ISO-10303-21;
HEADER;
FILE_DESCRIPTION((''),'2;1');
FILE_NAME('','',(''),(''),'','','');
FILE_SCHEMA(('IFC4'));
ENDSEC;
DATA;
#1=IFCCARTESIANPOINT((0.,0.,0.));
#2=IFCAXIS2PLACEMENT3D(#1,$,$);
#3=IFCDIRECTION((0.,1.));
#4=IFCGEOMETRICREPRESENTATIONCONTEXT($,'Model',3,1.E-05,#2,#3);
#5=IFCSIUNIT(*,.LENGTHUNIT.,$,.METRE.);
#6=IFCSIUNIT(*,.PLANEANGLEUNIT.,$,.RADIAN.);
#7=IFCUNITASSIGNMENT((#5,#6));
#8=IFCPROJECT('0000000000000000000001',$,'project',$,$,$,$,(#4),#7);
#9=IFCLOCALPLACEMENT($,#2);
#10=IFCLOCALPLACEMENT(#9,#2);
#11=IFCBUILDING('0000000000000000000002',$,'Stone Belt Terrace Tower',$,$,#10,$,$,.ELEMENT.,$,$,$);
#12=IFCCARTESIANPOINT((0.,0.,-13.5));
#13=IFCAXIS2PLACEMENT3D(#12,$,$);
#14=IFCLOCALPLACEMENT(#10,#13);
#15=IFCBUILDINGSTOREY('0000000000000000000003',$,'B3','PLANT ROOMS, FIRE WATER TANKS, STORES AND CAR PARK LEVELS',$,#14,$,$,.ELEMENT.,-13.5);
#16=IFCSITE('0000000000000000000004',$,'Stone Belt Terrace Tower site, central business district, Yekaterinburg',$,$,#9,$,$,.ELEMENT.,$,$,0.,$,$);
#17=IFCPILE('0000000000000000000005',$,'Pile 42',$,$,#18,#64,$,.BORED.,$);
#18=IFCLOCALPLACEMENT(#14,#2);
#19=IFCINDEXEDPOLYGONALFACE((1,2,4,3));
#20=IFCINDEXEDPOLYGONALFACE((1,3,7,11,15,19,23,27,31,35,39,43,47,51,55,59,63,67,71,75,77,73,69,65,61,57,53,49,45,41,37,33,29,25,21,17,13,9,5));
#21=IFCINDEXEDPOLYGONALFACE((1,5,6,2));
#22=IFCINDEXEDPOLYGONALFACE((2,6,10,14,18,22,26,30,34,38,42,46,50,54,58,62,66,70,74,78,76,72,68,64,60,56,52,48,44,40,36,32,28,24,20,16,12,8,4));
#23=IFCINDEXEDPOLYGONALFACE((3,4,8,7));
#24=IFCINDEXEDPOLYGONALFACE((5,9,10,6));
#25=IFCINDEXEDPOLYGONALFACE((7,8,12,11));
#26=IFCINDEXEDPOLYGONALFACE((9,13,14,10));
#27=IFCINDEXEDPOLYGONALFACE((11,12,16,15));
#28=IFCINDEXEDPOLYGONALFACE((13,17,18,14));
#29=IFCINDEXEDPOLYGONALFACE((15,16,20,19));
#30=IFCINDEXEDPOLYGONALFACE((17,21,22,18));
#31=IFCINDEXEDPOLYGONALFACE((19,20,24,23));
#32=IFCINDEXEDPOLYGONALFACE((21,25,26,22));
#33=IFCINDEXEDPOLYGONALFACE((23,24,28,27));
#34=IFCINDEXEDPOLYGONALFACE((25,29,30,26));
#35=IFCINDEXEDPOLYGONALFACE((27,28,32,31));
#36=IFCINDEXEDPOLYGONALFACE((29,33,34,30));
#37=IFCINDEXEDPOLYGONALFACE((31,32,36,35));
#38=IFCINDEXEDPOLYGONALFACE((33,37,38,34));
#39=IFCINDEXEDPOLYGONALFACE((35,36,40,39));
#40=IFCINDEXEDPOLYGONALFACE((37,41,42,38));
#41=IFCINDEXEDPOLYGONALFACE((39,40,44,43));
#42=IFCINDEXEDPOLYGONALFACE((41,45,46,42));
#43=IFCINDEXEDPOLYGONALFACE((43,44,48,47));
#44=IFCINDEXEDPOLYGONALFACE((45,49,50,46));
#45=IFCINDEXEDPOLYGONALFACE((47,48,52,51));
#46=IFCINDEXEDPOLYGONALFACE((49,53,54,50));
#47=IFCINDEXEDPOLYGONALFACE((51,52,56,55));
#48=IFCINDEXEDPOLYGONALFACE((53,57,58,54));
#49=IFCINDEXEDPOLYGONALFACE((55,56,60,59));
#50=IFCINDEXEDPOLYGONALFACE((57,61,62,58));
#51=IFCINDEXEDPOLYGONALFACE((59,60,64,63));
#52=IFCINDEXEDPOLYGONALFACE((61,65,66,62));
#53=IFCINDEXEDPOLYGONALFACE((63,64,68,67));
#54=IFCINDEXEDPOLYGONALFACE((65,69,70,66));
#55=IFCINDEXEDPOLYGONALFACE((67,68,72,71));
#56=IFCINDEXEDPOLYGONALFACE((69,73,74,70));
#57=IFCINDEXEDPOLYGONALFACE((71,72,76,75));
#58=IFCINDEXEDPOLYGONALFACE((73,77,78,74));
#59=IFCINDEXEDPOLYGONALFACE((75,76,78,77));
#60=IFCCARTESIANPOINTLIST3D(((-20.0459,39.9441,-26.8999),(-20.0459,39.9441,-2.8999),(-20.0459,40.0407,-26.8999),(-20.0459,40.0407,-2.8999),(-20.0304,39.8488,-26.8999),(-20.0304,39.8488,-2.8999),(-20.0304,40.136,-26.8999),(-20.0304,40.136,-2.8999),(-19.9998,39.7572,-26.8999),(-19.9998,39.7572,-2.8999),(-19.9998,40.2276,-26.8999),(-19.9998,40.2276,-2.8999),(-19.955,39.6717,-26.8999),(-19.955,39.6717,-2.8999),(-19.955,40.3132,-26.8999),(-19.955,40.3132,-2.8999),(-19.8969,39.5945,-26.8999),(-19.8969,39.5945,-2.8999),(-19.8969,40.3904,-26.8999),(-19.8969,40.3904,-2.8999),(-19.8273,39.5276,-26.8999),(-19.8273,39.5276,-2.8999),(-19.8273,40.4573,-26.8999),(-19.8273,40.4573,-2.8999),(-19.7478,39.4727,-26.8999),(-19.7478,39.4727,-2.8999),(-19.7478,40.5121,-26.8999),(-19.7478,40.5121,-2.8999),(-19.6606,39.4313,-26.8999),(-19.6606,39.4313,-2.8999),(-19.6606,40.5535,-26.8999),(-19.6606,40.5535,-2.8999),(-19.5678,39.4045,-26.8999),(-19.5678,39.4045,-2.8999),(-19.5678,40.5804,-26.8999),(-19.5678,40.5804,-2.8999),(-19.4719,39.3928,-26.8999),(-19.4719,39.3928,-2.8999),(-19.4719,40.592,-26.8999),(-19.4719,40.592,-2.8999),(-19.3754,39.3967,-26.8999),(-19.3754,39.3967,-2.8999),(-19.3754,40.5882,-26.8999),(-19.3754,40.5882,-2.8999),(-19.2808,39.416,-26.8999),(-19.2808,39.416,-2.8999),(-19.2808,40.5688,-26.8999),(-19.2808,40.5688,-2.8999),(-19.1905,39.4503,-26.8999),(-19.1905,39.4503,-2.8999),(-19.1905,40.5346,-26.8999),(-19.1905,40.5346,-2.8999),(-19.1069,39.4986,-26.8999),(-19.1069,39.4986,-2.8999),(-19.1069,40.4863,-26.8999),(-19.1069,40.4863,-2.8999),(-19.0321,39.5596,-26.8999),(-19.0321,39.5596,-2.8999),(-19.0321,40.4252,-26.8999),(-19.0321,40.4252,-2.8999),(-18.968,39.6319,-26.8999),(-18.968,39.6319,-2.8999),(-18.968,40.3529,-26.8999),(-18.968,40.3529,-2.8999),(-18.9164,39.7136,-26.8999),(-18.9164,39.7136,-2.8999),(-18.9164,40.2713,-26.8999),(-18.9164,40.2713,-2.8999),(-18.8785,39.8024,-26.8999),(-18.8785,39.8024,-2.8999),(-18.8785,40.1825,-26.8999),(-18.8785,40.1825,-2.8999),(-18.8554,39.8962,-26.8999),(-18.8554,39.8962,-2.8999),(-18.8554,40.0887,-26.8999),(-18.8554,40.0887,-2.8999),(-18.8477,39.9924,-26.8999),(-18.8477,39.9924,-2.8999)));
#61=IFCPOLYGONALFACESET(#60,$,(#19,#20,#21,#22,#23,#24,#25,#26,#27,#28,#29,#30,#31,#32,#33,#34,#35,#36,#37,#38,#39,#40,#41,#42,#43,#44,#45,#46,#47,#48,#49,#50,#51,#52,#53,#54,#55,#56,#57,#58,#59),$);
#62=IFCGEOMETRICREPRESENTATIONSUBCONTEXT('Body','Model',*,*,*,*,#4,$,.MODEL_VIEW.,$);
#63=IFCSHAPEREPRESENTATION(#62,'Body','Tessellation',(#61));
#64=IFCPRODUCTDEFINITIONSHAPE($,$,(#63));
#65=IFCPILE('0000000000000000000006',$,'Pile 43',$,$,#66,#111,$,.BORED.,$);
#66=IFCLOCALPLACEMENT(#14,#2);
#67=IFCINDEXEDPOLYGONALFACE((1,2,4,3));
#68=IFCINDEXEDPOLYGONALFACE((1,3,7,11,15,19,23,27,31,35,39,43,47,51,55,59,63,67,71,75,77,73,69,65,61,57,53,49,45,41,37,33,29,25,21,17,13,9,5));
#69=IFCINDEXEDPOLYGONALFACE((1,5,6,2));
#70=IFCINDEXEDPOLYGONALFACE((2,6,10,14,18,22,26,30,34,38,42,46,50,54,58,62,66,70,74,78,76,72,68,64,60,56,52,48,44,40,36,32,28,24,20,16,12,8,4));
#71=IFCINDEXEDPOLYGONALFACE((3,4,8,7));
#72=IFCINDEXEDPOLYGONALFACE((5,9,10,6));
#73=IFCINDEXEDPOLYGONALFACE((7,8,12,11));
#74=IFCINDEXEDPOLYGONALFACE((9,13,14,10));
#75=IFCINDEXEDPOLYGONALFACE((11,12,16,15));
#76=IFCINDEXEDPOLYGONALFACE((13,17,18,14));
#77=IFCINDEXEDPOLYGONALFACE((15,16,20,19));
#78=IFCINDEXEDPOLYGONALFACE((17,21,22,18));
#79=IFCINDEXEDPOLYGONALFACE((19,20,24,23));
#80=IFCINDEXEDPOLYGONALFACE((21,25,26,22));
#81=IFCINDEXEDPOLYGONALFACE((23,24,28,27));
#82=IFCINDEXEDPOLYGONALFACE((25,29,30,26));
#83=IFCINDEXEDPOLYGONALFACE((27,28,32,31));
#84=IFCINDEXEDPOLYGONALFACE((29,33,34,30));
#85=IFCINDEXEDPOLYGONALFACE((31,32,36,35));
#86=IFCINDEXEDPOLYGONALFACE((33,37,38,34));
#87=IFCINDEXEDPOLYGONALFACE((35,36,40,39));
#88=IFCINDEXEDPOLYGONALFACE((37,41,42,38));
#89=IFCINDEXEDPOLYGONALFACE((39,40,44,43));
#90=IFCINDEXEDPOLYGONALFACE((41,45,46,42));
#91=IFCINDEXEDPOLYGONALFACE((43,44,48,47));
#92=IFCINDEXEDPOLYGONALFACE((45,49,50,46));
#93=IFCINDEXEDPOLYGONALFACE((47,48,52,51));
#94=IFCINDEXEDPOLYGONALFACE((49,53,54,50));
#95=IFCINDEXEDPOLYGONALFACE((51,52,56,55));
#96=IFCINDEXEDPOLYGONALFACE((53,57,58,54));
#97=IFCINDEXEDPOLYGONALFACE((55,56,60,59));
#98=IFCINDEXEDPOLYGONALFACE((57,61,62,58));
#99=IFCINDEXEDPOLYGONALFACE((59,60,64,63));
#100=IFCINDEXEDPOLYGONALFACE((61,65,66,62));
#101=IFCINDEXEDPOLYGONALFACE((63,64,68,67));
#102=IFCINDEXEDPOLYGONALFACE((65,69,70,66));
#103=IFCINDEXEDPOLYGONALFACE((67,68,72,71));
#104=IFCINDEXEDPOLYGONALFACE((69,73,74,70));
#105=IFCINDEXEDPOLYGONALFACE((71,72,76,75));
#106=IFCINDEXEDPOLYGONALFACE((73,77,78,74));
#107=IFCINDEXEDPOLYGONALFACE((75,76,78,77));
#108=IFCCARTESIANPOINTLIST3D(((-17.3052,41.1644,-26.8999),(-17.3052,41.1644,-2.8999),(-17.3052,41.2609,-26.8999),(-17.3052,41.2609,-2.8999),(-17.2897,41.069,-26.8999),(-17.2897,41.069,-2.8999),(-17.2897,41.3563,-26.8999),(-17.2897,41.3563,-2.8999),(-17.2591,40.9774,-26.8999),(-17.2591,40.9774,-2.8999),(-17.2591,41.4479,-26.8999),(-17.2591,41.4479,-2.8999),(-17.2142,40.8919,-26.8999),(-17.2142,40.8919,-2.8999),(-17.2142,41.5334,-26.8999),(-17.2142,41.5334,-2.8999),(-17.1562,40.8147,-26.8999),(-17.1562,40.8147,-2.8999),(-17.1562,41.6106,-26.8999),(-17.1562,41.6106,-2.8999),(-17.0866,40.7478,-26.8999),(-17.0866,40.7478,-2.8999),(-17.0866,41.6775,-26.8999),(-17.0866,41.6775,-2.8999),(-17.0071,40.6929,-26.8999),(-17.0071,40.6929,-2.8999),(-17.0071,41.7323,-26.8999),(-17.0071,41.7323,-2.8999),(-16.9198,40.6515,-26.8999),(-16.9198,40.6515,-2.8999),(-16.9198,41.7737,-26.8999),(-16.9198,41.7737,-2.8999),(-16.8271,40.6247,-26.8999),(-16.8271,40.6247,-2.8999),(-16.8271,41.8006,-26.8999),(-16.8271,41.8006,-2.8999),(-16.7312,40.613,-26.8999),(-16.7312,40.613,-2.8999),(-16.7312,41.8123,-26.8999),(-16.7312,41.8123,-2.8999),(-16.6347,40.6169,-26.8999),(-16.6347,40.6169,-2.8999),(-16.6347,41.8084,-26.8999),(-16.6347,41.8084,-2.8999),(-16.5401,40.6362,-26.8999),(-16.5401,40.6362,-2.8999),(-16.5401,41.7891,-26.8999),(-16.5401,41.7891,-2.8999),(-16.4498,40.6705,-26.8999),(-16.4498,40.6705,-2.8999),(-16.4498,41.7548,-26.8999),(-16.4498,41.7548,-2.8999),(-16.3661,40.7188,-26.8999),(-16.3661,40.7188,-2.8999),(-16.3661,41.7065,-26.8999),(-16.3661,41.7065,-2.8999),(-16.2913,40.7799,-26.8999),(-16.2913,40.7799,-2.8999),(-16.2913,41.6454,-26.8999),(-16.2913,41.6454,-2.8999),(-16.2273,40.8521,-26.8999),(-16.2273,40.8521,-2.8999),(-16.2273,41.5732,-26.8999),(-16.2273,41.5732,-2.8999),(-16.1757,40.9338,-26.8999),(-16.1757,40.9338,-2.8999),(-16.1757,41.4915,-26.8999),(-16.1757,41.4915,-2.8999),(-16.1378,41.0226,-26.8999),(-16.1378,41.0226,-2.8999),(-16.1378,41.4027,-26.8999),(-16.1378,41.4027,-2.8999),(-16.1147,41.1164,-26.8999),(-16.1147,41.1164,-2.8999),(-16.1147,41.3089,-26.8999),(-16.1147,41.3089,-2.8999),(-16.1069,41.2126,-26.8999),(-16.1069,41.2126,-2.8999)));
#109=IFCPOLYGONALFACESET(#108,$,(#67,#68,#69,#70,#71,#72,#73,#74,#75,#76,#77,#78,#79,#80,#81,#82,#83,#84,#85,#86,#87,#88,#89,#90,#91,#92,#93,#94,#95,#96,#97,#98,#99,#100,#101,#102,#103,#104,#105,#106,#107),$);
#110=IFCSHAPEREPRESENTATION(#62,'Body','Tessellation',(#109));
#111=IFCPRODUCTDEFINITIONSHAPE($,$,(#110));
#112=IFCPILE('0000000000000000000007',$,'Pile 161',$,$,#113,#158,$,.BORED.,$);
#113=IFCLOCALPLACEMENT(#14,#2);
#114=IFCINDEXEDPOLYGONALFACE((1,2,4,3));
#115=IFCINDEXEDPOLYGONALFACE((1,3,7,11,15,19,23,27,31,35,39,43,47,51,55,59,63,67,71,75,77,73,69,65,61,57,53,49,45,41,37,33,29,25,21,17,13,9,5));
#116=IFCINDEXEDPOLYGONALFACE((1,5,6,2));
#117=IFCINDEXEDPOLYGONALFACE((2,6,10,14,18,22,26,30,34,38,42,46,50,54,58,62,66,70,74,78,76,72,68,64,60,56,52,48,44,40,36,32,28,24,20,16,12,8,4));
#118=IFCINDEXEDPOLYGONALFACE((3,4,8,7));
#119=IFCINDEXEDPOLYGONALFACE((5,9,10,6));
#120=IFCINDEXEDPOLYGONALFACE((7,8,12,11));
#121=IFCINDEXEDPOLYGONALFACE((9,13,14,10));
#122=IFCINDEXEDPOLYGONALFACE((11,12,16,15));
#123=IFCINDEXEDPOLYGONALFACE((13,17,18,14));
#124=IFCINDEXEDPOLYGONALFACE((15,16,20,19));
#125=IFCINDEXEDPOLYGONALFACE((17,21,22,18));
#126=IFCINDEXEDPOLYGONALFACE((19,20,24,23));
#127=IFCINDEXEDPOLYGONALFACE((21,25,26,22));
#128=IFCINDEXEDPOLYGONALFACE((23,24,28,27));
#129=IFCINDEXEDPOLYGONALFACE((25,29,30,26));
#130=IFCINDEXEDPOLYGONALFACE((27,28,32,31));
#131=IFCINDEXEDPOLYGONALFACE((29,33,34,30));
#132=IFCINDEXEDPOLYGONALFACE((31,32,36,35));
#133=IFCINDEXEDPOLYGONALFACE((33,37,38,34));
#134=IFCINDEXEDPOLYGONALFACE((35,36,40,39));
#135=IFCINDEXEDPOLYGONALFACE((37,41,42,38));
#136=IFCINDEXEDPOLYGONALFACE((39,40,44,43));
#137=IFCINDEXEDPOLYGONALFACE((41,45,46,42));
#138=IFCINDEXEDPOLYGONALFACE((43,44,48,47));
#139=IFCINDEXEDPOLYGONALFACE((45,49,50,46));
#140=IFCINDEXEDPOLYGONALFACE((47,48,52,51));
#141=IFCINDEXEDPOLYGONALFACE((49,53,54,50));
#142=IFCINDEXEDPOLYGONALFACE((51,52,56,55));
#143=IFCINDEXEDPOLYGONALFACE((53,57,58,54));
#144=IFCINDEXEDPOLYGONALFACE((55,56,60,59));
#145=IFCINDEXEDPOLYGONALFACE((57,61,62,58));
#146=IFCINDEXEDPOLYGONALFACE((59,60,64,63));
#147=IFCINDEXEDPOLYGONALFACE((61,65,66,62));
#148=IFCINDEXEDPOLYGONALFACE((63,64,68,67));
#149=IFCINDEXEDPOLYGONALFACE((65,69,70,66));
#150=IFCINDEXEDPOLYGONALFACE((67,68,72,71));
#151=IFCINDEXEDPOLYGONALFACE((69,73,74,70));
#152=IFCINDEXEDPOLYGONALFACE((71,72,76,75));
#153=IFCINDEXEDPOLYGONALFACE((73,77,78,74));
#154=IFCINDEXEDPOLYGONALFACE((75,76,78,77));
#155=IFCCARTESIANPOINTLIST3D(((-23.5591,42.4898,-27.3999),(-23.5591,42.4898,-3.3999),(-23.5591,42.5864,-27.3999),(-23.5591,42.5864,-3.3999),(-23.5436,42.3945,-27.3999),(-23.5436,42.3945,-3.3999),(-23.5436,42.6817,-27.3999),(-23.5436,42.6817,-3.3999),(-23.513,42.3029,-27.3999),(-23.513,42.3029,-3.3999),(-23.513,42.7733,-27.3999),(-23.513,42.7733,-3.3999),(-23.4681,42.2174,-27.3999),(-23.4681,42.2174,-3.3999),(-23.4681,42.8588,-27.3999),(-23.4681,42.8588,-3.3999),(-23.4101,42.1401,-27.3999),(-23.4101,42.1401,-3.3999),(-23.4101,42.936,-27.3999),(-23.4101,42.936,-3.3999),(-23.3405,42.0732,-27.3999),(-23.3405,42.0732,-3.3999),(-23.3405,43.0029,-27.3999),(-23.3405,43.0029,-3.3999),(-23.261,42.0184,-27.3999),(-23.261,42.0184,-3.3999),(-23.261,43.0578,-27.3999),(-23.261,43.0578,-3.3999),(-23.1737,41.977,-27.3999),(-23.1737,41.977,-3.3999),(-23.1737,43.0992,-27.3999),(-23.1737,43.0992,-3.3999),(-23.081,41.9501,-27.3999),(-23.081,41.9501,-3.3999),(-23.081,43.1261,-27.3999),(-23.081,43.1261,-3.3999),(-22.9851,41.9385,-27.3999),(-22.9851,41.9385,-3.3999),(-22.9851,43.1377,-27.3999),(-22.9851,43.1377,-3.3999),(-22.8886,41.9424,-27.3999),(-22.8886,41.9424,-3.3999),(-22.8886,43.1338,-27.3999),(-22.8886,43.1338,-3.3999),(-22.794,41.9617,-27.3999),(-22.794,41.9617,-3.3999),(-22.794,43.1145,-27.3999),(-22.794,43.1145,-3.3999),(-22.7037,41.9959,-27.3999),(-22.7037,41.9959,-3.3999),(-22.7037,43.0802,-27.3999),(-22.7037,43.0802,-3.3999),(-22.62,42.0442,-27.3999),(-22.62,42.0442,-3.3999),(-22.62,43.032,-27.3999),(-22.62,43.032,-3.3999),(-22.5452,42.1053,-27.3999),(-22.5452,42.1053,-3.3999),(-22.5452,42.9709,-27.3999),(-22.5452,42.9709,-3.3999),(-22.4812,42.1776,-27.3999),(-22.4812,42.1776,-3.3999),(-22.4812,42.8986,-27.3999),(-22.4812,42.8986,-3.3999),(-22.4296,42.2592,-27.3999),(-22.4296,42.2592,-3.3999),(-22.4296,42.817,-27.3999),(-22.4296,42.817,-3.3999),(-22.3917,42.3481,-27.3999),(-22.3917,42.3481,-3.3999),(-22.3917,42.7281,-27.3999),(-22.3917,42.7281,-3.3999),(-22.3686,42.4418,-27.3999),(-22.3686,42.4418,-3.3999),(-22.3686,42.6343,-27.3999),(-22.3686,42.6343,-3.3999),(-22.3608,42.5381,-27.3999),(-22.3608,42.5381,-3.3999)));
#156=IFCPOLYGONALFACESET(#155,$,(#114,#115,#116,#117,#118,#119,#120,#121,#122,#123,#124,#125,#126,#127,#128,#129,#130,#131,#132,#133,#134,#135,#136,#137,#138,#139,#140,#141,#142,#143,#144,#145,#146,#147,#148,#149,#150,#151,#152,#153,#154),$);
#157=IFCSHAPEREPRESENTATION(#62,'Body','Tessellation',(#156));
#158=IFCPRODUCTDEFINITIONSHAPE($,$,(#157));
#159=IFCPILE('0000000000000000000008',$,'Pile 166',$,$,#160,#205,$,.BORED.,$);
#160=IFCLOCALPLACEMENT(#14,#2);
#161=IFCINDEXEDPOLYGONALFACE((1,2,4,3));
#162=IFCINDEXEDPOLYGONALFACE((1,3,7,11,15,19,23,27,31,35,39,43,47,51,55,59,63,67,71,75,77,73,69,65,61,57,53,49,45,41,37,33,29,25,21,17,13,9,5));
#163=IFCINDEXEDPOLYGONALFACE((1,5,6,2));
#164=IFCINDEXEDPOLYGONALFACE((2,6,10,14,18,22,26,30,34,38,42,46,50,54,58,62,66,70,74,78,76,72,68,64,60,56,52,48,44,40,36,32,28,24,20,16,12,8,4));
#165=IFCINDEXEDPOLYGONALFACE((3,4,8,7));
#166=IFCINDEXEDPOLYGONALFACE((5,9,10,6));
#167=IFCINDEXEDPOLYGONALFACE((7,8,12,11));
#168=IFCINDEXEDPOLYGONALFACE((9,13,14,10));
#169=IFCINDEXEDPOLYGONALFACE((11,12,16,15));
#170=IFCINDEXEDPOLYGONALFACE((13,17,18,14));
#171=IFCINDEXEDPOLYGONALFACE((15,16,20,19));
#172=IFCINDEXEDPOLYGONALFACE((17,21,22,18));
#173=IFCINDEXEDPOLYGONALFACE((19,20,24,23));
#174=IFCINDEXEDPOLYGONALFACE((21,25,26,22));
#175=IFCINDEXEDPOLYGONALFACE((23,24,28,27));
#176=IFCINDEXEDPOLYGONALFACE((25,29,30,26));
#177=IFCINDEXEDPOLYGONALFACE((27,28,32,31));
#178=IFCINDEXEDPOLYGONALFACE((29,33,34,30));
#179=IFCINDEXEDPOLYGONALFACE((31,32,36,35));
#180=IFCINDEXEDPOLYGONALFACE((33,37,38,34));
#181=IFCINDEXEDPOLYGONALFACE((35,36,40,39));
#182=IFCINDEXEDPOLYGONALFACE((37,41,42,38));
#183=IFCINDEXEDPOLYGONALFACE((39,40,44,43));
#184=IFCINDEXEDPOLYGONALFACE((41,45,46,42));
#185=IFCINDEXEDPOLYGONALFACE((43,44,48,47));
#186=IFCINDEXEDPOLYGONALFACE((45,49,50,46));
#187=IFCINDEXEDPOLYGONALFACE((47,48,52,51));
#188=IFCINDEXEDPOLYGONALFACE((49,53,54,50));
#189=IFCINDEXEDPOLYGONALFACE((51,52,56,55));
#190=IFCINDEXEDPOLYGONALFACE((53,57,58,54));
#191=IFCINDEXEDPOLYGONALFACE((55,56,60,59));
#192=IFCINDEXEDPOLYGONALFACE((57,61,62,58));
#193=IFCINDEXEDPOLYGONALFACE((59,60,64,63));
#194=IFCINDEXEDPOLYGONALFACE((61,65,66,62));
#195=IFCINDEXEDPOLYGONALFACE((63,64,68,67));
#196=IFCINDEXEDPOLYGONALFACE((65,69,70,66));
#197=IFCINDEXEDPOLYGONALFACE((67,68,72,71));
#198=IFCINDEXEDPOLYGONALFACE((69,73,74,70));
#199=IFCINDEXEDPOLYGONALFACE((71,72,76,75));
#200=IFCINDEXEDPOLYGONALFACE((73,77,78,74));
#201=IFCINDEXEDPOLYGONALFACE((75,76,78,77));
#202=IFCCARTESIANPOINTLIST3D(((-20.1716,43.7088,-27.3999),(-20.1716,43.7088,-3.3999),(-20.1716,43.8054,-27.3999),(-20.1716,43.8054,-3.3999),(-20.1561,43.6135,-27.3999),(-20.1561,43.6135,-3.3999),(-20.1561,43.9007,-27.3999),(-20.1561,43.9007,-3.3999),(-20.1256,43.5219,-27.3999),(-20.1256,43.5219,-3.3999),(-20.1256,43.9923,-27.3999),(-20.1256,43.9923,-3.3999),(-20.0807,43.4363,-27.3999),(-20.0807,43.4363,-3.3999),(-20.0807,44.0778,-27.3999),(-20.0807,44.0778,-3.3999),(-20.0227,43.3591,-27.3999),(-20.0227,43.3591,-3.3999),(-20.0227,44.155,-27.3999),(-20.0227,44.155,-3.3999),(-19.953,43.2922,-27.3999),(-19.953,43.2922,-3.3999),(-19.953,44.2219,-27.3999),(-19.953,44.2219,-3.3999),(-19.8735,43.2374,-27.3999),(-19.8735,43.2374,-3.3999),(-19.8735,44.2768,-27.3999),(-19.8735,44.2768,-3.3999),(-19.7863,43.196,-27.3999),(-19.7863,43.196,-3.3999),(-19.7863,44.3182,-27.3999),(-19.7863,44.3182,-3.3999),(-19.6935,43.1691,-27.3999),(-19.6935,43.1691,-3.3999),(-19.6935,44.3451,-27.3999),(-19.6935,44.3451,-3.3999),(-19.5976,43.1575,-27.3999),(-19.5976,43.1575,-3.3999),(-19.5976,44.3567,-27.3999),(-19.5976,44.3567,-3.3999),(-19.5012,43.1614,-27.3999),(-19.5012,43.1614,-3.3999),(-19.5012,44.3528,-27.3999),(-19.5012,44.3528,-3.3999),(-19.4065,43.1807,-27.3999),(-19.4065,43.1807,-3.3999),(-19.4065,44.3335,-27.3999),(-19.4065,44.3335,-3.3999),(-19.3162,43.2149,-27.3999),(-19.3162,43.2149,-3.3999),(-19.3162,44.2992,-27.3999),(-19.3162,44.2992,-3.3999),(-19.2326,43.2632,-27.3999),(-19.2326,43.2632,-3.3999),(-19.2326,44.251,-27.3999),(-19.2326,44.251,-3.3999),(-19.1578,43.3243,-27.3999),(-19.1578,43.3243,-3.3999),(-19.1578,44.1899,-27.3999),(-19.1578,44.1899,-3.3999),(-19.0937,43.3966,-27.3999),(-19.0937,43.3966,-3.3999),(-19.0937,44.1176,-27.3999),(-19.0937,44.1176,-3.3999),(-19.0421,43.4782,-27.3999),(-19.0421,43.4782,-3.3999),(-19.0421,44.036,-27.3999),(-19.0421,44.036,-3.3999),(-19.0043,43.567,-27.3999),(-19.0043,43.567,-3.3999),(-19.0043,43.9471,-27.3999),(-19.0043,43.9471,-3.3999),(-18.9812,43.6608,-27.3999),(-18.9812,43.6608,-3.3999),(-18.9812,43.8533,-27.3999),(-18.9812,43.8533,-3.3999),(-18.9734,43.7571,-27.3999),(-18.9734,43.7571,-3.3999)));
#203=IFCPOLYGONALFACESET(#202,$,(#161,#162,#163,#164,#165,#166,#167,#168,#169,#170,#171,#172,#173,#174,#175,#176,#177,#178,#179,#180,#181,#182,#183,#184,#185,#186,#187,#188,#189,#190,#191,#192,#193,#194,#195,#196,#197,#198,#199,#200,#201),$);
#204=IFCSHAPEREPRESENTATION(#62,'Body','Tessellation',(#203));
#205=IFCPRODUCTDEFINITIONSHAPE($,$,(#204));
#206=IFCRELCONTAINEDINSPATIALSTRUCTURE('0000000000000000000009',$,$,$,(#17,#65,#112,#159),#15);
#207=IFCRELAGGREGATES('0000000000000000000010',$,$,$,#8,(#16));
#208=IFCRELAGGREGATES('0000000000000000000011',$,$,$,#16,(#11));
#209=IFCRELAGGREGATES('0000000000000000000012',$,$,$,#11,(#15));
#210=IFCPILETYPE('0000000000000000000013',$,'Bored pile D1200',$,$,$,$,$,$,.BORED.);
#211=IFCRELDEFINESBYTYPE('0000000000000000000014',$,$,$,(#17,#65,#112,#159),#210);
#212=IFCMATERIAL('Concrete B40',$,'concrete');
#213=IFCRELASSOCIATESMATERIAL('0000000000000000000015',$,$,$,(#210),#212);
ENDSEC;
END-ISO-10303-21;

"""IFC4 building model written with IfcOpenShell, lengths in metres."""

from ifc_helpers import new_model, si_unit, direction, frame, origin, origin_2d, place, context, subcontext, project, spatial, circle, extrude, material, material_profile, profile_set, type_object, element, save


model = new_model("IFC4")

# Units and contexts
model_context = context("Model", 3, precision=1e-05, world=origin(), true_north=direction((0.0, 1.0)))
body_context = subcontext(model_context, "Body", "Model", "MODEL_VIEW")
ifc_project = project(units=[si_unit("LENGTHUNIT", "METRE"), si_unit("PLANEANGLEUNIT", "RADIAN")], contexts=[model_context])

# Site, building, storey
site_placement = place(None, origin())
site = spatial("IfcSite", under=ifc_project, at=site_placement, Name="Stone Belt Terrace Tower site, central business district, Yekaterinburg", CompositionType="ELEMENT", RefElevation=0.0)
building_placement = place(site_placement, origin())
building = spatial("IfcBuilding", under=site, at=building_placement, Name="Stone Belt Terrace Tower", CompositionType="ELEMENT")
storey_placement = place(building_placement, frame((0.0, 0.0, -13.5)))
storey = spatial("IfcBuildingStorey", under=building, at=storey_placement, Name="B3", Description="PLANT ROOMS, FIRE WATER TANKS, STORES AND CAR PARK LEVELS", CompositionType="ELEMENT", Elevation=-13.5)

# Piles
ifc_material_1 = material(Name="Concrete B40", Category="concrete")
ifc_material_profile_1 = material_profile(ifc_material_1, circle(Radius=0.6001, at=origin_2d()), Name="PILE D1200")
ifc_profile_set_1 = profile_set([ifc_material_profile_1], Name="Concrete B40")
pile_type = type_object("IfcPileType", Name="Bored pile D1200", PredefinedType="BORED", material=ifc_profile_set_1)
for number, where, z_axis, x_axis, name in (
    (1, (-19.4478, 39.9924, -2.8999), (0.0, 0.0, -1.0), (1.0, 0.0, 0.0), "Pile 42"),
    (2, (-16.707, 41.2126, -2.8999), (0.0, 0.0, -1.0), (1.0, 0.0, 0.0), "Pile 43"),
    (3, (-22.9609, 42.5381, -3.3999), (0.0, 0.0, -1.0), (1.0, 0.0, 0.0), "Pile 161"),
    (4, (-19.5735, 43.7571, -3.3999), (0.0, 0.0, -1.0), (1.0, 0.0, 0.0), "Pile 166"),
):
    element("IfcPile", number, at=place(storey_placement, frame(where, z_axis=z_axis, x_axis=x_axis)), inside=storey, type_object=pile_type, Name=name, PredefinedType="BORED", context=body_context, shape_type="SweptSolid", body=[
        extrude(circle(Radius=0.6001, at=origin_2d()), origin(), (0.0, 0.0, 1.0), 24.0),
    ])

save(model, "model.ifc")
